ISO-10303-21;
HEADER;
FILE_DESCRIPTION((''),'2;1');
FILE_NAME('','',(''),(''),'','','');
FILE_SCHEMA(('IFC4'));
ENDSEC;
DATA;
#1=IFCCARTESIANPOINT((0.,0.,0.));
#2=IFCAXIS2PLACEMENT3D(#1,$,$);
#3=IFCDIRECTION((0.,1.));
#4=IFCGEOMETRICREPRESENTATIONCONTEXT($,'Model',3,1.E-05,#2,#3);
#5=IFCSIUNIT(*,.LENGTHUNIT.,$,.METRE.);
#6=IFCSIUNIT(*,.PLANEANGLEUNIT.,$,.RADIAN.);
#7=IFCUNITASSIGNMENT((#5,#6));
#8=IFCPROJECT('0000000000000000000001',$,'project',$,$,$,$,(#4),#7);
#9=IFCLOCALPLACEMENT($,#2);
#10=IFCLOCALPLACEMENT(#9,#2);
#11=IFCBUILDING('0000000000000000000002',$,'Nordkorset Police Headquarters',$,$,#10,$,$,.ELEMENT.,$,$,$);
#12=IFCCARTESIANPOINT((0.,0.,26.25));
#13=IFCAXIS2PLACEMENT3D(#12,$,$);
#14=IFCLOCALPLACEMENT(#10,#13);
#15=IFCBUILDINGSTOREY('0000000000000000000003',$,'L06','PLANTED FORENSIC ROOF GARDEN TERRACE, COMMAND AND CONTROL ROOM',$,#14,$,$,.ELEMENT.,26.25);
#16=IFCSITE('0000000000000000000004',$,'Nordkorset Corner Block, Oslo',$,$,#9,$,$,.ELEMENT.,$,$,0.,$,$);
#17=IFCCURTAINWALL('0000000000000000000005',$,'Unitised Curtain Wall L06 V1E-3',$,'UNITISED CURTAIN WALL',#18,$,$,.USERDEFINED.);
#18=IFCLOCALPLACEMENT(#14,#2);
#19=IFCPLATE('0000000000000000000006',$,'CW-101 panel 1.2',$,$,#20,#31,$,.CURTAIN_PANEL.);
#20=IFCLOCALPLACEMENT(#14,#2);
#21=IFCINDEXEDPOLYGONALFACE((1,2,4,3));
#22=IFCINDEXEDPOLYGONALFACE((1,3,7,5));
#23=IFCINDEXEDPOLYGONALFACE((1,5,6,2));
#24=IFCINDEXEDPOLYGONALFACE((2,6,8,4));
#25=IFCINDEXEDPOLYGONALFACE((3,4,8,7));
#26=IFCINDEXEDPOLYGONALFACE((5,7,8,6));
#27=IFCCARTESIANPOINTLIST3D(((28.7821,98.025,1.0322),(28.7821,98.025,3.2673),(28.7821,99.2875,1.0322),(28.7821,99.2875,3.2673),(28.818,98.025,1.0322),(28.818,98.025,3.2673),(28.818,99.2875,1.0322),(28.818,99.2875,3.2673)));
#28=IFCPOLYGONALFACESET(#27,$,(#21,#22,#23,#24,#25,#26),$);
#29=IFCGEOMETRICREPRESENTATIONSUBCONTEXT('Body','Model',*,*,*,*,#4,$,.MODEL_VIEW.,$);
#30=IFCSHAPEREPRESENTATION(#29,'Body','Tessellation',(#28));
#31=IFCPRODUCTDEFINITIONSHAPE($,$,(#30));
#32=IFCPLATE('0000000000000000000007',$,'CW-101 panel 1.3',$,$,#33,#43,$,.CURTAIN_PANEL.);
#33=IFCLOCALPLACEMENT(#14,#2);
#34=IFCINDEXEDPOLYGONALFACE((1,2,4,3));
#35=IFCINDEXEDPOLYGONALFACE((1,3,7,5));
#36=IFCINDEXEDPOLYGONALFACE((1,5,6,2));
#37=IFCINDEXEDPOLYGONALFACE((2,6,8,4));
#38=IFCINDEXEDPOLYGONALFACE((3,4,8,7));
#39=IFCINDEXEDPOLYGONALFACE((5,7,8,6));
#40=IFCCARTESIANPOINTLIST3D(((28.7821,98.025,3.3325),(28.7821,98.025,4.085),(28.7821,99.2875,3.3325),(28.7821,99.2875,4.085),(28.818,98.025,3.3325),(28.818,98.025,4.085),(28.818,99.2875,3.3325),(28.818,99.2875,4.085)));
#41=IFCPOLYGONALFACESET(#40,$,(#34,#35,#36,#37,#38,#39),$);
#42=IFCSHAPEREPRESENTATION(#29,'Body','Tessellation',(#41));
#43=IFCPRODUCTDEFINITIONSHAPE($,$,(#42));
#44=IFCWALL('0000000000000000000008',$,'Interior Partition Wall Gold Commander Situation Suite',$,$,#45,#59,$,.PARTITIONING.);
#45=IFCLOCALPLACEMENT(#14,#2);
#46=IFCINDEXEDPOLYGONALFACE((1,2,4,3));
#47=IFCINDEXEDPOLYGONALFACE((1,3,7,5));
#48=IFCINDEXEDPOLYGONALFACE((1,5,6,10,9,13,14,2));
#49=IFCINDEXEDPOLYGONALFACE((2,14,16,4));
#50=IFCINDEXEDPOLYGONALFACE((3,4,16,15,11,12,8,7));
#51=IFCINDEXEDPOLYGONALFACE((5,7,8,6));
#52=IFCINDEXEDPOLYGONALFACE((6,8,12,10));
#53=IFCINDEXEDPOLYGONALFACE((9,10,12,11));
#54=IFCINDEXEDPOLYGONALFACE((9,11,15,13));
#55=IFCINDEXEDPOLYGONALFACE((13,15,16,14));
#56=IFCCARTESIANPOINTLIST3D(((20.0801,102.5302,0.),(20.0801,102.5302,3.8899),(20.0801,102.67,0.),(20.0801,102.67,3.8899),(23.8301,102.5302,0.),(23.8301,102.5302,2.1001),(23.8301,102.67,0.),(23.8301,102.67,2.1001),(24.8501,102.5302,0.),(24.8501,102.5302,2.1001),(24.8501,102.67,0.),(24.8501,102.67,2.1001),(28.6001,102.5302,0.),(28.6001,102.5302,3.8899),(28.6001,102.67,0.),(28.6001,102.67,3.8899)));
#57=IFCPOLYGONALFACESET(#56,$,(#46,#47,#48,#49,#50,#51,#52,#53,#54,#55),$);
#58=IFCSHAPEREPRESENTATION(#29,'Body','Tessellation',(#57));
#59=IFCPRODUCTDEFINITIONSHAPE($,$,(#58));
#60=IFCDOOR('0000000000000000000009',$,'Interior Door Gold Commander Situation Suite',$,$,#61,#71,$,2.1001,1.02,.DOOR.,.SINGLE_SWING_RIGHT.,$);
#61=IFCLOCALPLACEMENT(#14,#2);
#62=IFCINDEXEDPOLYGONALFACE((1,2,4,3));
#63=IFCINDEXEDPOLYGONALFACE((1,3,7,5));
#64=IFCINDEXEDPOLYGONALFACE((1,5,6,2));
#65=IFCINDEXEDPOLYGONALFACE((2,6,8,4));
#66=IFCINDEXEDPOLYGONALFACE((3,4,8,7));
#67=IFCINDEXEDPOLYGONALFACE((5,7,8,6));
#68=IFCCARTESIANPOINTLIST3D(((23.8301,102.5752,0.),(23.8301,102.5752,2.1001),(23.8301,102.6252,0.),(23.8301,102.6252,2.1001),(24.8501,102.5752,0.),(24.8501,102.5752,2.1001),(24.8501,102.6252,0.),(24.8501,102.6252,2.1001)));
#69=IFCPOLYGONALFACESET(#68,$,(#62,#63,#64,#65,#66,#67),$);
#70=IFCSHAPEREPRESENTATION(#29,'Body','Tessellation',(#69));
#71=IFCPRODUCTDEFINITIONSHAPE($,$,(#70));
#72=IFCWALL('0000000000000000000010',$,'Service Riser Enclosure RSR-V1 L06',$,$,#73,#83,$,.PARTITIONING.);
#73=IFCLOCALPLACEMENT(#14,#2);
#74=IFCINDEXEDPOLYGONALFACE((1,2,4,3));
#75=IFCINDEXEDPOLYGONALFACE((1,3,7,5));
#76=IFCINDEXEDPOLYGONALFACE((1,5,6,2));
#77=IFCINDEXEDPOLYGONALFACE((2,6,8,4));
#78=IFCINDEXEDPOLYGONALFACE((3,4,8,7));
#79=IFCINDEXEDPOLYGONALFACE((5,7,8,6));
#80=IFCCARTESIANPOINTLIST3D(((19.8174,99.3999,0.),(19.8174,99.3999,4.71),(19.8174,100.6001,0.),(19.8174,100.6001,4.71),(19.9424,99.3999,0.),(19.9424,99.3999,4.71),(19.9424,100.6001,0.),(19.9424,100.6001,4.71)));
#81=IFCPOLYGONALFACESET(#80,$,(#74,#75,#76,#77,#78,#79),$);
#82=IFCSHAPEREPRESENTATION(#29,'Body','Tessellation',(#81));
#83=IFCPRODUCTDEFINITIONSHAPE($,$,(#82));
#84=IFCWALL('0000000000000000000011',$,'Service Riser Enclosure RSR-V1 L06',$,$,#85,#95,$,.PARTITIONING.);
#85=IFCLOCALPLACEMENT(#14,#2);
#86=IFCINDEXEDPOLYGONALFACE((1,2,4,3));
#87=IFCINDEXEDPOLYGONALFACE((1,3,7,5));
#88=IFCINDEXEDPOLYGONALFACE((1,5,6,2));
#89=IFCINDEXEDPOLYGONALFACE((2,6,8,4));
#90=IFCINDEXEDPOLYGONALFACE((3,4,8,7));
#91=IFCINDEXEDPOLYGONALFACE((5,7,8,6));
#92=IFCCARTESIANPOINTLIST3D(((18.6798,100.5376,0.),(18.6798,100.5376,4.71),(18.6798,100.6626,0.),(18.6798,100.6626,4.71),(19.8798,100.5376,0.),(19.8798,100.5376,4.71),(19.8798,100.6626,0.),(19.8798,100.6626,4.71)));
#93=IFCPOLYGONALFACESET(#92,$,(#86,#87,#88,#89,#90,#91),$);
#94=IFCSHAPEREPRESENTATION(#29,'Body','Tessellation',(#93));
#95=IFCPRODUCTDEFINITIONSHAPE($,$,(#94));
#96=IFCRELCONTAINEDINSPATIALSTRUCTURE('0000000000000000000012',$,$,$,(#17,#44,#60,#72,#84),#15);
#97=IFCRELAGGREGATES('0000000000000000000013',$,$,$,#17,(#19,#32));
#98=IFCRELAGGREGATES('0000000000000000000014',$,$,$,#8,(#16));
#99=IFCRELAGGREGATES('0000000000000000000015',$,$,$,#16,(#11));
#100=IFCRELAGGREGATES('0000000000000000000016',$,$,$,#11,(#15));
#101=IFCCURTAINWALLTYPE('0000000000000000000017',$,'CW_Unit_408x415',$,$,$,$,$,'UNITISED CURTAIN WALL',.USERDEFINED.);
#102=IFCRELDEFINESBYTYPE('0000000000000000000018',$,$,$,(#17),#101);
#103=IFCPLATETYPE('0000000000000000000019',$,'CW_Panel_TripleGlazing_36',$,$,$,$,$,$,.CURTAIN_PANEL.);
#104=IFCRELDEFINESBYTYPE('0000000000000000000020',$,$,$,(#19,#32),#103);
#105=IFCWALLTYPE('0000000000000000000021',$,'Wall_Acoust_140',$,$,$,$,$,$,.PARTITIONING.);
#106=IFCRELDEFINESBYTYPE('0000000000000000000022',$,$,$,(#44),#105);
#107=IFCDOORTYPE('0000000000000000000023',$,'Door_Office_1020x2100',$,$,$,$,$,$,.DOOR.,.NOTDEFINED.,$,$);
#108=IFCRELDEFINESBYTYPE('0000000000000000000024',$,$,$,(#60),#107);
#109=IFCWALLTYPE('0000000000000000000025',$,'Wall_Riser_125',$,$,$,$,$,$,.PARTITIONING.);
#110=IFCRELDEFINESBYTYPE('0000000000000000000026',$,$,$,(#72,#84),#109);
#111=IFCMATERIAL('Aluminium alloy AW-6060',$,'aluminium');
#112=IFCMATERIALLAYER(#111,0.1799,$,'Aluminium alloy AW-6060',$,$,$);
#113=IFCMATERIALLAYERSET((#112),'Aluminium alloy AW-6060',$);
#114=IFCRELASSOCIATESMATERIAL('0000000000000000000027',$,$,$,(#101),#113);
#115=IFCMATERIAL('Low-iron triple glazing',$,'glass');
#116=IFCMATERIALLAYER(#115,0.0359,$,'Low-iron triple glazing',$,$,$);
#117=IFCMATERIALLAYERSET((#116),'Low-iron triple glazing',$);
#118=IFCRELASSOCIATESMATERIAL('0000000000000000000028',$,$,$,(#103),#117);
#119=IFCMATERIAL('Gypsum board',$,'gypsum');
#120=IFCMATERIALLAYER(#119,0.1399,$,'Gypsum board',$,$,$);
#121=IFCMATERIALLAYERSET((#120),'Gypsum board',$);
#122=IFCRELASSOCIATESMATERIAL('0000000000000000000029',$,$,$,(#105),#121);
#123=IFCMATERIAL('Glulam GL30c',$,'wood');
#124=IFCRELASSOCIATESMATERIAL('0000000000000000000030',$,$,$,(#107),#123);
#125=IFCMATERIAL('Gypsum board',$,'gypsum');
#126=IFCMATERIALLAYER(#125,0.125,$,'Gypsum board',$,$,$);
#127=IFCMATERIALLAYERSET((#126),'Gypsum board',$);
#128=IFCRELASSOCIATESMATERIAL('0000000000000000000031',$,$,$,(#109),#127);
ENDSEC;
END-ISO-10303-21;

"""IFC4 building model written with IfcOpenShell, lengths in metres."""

from ifc_helpers import new_model, si_unit, direction, frame, frame_2d, origin, origin_2d, place, context, subcontext, project, spatial, rectangle, extrude, material, layer, layer_set, type_object, element, fill, aggregate, save


model = new_model("IFC4")

# Units and contexts
model_context = context("Model", 3, precision=1e-05, world=origin(), true_north=direction((0.0, 1.0)))
body_context = subcontext(model_context, "Body", "Model", "MODEL_VIEW")
ifc_project = project(units=[si_unit("LENGTHUNIT", "METRE"), si_unit("PLANEANGLEUNIT", "RADIAN")], contexts=[model_context])

# Site, building, storey
site_placement = place(None, origin())
site = spatial("IfcSite", under=ifc_project, at=site_placement, Name="Nordkorset Corner Block, Oslo", CompositionType="ELEMENT", RefElevation=0.0)
building_placement = place(site_placement, origin())
building = spatial("IfcBuilding", under=site, at=building_placement, Name="Nordkorset Police Headquarters", CompositionType="ELEMENT")
storey_placement = place(building_placement, frame((0.0, 0.0, 26.25)))
storey = spatial("IfcBuildingStorey", under=building, at=storey_placement, Name="L06", Description="PLANTED FORENSIC ROOF GARDEN TERRACE, COMMAND AND CONTROL ROOM", CompositionType="ELEMENT", Elevation=26.25)

# Curtain wall
ifc_material_1 = material(Name="Aluminium alloy AW-6060", Category="aluminium")
ifc_layer_1 = layer(ifc_material_1, 0.1799, Name="Aluminium alloy AW-6060")
ifc_layer_set_1 = layer_set([ifc_layer_1], Name="Aluminium alloy AW-6060")
curtain_wall_type = type_object("IfcCurtainWallType", Name="CW_Unit_408x415", ElementType="UNITISED CURTAIN WALL", PredefinedType="USERDEFINED", material=ifc_layer_set_1)
curtain_wall_placement = place(storey_placement, origin())
curtain_wall = element("IfcCurtainWall", 1, at=curtain_wall_placement, inside=storey, type_object=curtain_wall_type, Name="Unitised Curtain Wall L06 V1E-3", ObjectType="UNITISED CURTAIN WALL", PredefinedType="USERDEFINED")

# Plates
ifc_material_2 = material(Name="Low-iron triple glazing", Category="glass")
ifc_layer_2 = layer(ifc_material_2, 0.0359, Name="Low-iron triple glazing")
ifc_layer_set_2 = layer_set([ifc_layer_2], Name="Low-iron triple glazing")
plate_type = type_object("IfcPlateType", Name="CW_Panel_TripleGlazing_36", PredefinedType="CURTAIN_PANEL", material=ifc_layer_set_2)
plate_1_placement = place(storey_placement, frame((28.8, 98.6562, 1.0322), z_axis=(0.0, 0.0, 1.0), x_axis=(0.0, 1.0, 0.0)))
plate_1 = element("IfcPlate", 2, at=plate_1_placement, type_object=plate_type, Name="CW-101 panel 1.2", PredefinedType="CURTAIN_PANEL", context=body_context, shape_type="SweptSolid", body=[
    extrude(rectangle(XDim=1.2625, YDim=0.0359, at=origin_2d()), origin(), (0.0, 0.0, 1.0), 2.2351),
])
plate_2_placement = place(storey_placement, frame((28.8, 98.6562, 3.3325), z_axis=(0.0, 0.0, 1.0), x_axis=(0.0, 1.0, 0.0)))
plate_2 = element("IfcPlate", 3, at=plate_2_placement, type_object=plate_type, Name="CW-101 panel 1.3", PredefinedType="CURTAIN_PANEL", context=body_context, shape_type="SweptSolid", body=[
    extrude(rectangle(XDim=1.2625, YDim=0.0359, at=origin_2d()), origin(), (0.0, 0.0, 1.0), 0.7524),
])
aggregate(curtain_wall, [plate_1, plate_2])

# Wall, opening, door
ifc_material_3 = material(Name="Gypsum board", Category="gypsum")
ifc_layer_3 = layer(ifc_material_3, 0.1399, Name="Gypsum board")
ifc_layer_set_3 = layer_set([ifc_layer_3], Name="Gypsum board")
wall_type_1 = type_object("IfcWallType", Name="Wall_Acoust_140", PredefinedType="PARTITIONING", material=ifc_layer_set_3)
wall_1_placement = place(storey_placement, frame((28.6001, 102.6001, 0.0), z_axis=(0.0, 0.0, 1.0), x_axis=(-1.0, 0.0, 0.0)))
wall_1 = element("IfcWall", 4, at=wall_1_placement, inside=storey, type_object=wall_type_1, Name="Interior Partition Wall Gold Commander Situation Suite", PredefinedType="PARTITIONING", context=body_context, shape_type="SweptSolid", body=[
    extrude(rectangle(XDim=8.52, YDim=0.1399, at=frame_2d((4.26, 0.0))), origin(), (0.0, 0.0, 1.0), 3.8899),
])
opening_placement = place(wall_1_placement, frame((3.75, 0.0, 0.0)))
opening = element("IfcOpeningElement", 5, at=opening_placement, cuts=wall_1, PredefinedType="OPENING", context=body_context, shape_type="SweptSolid", body=[
    extrude(rectangle(XDim=1.02, YDim=2.1001, at=frame_2d((0.51, 1.05))), frame((0.0, 0.0801, 0.0), z_axis=(0.0, -1.0, 0.0), x_axis=(1.0, 0.0, 0.0)), (0.0, 0.0, 1.0), 0.1599),
])
ifc_material_4 = material(Name="Glulam GL30c", Category="wood")
door_type = type_object("IfcDoorType", Name="Door_Office_1020x2100", OperationType="NOTDEFINED", PredefinedType="DOOR", material=ifc_material_4)
door_placement = place(opening_placement, origin())
door = element("IfcDoor", 6, at=door_placement, inside=storey, type_object=door_type, Name="Interior Door Gold Commander Situation Suite", OperationType="SINGLE_SWING_RIGHT", OverallHeight=2.1001, OverallWidth=1.02, PredefinedType="DOOR", context=body_context, shape_type="SweptSolid", body=[
    extrude(rectangle(XDim=1.02, YDim=2.1001, at=frame_2d((0.51, 1.05))), frame((0.0, 0.0249, 0.0), z_axis=(0.0, -1.0, 0.0), x_axis=(1.0, 0.0, 0.0)), (0.0, 0.0, 1.0), 0.05),
])
fill(opening, door)

# Walls
ifc_material_5 = material(Name="Gypsum board", Category="gypsum")
ifc_layer_4 = layer(ifc_material_5, 0.125, Name="Gypsum board")
ifc_layer_set_4 = layer_set([ifc_layer_4], Name="Gypsum board")
wall_type_2 = type_object("IfcWallType", Name="Wall_Riser_125", PredefinedType="PARTITIONING", material=ifc_layer_set_4)
wall_2_placement = place(storey_placement, frame((19.8799, 99.3999, 0.0), z_axis=(0.0, 0.0, 1.0), x_axis=(0.0, 1.0, 0.0)))
element("IfcWall", 7, at=wall_2_placement, inside=storey, type_object=wall_type_2, Name="Service Riser Enclosure RSR-V1 L06", PredefinedType="PARTITIONING", context=body_context, shape_type="SweptSolid", body=[
    extrude(rectangle(XDim=1.2002, YDim=0.125, at=frame_2d((0.6001, 0.0))), origin(), (0.0, 0.0, 1.0), 4.71),
])
wall_3_placement = place(storey_placement, frame((19.8799, 100.6001, 0.0), z_axis=(0.0, 0.0, 1.0), x_axis=(-1.0, 0.0, 0.0)))
element("IfcWall", 8, at=wall_3_placement, inside=storey, type_object=wall_type_2, Name="Service Riser Enclosure RSR-V1 L06", PredefinedType="PARTITIONING", context=body_context, shape_type="SweptSolid", body=[
    extrude(rectangle(XDim=1.2, YDim=0.125, at=frame_2d((0.6001, 0.0))), origin(), (0.0, 0.0, 1.0), 4.71),
])

save(model, "model.ifc")
